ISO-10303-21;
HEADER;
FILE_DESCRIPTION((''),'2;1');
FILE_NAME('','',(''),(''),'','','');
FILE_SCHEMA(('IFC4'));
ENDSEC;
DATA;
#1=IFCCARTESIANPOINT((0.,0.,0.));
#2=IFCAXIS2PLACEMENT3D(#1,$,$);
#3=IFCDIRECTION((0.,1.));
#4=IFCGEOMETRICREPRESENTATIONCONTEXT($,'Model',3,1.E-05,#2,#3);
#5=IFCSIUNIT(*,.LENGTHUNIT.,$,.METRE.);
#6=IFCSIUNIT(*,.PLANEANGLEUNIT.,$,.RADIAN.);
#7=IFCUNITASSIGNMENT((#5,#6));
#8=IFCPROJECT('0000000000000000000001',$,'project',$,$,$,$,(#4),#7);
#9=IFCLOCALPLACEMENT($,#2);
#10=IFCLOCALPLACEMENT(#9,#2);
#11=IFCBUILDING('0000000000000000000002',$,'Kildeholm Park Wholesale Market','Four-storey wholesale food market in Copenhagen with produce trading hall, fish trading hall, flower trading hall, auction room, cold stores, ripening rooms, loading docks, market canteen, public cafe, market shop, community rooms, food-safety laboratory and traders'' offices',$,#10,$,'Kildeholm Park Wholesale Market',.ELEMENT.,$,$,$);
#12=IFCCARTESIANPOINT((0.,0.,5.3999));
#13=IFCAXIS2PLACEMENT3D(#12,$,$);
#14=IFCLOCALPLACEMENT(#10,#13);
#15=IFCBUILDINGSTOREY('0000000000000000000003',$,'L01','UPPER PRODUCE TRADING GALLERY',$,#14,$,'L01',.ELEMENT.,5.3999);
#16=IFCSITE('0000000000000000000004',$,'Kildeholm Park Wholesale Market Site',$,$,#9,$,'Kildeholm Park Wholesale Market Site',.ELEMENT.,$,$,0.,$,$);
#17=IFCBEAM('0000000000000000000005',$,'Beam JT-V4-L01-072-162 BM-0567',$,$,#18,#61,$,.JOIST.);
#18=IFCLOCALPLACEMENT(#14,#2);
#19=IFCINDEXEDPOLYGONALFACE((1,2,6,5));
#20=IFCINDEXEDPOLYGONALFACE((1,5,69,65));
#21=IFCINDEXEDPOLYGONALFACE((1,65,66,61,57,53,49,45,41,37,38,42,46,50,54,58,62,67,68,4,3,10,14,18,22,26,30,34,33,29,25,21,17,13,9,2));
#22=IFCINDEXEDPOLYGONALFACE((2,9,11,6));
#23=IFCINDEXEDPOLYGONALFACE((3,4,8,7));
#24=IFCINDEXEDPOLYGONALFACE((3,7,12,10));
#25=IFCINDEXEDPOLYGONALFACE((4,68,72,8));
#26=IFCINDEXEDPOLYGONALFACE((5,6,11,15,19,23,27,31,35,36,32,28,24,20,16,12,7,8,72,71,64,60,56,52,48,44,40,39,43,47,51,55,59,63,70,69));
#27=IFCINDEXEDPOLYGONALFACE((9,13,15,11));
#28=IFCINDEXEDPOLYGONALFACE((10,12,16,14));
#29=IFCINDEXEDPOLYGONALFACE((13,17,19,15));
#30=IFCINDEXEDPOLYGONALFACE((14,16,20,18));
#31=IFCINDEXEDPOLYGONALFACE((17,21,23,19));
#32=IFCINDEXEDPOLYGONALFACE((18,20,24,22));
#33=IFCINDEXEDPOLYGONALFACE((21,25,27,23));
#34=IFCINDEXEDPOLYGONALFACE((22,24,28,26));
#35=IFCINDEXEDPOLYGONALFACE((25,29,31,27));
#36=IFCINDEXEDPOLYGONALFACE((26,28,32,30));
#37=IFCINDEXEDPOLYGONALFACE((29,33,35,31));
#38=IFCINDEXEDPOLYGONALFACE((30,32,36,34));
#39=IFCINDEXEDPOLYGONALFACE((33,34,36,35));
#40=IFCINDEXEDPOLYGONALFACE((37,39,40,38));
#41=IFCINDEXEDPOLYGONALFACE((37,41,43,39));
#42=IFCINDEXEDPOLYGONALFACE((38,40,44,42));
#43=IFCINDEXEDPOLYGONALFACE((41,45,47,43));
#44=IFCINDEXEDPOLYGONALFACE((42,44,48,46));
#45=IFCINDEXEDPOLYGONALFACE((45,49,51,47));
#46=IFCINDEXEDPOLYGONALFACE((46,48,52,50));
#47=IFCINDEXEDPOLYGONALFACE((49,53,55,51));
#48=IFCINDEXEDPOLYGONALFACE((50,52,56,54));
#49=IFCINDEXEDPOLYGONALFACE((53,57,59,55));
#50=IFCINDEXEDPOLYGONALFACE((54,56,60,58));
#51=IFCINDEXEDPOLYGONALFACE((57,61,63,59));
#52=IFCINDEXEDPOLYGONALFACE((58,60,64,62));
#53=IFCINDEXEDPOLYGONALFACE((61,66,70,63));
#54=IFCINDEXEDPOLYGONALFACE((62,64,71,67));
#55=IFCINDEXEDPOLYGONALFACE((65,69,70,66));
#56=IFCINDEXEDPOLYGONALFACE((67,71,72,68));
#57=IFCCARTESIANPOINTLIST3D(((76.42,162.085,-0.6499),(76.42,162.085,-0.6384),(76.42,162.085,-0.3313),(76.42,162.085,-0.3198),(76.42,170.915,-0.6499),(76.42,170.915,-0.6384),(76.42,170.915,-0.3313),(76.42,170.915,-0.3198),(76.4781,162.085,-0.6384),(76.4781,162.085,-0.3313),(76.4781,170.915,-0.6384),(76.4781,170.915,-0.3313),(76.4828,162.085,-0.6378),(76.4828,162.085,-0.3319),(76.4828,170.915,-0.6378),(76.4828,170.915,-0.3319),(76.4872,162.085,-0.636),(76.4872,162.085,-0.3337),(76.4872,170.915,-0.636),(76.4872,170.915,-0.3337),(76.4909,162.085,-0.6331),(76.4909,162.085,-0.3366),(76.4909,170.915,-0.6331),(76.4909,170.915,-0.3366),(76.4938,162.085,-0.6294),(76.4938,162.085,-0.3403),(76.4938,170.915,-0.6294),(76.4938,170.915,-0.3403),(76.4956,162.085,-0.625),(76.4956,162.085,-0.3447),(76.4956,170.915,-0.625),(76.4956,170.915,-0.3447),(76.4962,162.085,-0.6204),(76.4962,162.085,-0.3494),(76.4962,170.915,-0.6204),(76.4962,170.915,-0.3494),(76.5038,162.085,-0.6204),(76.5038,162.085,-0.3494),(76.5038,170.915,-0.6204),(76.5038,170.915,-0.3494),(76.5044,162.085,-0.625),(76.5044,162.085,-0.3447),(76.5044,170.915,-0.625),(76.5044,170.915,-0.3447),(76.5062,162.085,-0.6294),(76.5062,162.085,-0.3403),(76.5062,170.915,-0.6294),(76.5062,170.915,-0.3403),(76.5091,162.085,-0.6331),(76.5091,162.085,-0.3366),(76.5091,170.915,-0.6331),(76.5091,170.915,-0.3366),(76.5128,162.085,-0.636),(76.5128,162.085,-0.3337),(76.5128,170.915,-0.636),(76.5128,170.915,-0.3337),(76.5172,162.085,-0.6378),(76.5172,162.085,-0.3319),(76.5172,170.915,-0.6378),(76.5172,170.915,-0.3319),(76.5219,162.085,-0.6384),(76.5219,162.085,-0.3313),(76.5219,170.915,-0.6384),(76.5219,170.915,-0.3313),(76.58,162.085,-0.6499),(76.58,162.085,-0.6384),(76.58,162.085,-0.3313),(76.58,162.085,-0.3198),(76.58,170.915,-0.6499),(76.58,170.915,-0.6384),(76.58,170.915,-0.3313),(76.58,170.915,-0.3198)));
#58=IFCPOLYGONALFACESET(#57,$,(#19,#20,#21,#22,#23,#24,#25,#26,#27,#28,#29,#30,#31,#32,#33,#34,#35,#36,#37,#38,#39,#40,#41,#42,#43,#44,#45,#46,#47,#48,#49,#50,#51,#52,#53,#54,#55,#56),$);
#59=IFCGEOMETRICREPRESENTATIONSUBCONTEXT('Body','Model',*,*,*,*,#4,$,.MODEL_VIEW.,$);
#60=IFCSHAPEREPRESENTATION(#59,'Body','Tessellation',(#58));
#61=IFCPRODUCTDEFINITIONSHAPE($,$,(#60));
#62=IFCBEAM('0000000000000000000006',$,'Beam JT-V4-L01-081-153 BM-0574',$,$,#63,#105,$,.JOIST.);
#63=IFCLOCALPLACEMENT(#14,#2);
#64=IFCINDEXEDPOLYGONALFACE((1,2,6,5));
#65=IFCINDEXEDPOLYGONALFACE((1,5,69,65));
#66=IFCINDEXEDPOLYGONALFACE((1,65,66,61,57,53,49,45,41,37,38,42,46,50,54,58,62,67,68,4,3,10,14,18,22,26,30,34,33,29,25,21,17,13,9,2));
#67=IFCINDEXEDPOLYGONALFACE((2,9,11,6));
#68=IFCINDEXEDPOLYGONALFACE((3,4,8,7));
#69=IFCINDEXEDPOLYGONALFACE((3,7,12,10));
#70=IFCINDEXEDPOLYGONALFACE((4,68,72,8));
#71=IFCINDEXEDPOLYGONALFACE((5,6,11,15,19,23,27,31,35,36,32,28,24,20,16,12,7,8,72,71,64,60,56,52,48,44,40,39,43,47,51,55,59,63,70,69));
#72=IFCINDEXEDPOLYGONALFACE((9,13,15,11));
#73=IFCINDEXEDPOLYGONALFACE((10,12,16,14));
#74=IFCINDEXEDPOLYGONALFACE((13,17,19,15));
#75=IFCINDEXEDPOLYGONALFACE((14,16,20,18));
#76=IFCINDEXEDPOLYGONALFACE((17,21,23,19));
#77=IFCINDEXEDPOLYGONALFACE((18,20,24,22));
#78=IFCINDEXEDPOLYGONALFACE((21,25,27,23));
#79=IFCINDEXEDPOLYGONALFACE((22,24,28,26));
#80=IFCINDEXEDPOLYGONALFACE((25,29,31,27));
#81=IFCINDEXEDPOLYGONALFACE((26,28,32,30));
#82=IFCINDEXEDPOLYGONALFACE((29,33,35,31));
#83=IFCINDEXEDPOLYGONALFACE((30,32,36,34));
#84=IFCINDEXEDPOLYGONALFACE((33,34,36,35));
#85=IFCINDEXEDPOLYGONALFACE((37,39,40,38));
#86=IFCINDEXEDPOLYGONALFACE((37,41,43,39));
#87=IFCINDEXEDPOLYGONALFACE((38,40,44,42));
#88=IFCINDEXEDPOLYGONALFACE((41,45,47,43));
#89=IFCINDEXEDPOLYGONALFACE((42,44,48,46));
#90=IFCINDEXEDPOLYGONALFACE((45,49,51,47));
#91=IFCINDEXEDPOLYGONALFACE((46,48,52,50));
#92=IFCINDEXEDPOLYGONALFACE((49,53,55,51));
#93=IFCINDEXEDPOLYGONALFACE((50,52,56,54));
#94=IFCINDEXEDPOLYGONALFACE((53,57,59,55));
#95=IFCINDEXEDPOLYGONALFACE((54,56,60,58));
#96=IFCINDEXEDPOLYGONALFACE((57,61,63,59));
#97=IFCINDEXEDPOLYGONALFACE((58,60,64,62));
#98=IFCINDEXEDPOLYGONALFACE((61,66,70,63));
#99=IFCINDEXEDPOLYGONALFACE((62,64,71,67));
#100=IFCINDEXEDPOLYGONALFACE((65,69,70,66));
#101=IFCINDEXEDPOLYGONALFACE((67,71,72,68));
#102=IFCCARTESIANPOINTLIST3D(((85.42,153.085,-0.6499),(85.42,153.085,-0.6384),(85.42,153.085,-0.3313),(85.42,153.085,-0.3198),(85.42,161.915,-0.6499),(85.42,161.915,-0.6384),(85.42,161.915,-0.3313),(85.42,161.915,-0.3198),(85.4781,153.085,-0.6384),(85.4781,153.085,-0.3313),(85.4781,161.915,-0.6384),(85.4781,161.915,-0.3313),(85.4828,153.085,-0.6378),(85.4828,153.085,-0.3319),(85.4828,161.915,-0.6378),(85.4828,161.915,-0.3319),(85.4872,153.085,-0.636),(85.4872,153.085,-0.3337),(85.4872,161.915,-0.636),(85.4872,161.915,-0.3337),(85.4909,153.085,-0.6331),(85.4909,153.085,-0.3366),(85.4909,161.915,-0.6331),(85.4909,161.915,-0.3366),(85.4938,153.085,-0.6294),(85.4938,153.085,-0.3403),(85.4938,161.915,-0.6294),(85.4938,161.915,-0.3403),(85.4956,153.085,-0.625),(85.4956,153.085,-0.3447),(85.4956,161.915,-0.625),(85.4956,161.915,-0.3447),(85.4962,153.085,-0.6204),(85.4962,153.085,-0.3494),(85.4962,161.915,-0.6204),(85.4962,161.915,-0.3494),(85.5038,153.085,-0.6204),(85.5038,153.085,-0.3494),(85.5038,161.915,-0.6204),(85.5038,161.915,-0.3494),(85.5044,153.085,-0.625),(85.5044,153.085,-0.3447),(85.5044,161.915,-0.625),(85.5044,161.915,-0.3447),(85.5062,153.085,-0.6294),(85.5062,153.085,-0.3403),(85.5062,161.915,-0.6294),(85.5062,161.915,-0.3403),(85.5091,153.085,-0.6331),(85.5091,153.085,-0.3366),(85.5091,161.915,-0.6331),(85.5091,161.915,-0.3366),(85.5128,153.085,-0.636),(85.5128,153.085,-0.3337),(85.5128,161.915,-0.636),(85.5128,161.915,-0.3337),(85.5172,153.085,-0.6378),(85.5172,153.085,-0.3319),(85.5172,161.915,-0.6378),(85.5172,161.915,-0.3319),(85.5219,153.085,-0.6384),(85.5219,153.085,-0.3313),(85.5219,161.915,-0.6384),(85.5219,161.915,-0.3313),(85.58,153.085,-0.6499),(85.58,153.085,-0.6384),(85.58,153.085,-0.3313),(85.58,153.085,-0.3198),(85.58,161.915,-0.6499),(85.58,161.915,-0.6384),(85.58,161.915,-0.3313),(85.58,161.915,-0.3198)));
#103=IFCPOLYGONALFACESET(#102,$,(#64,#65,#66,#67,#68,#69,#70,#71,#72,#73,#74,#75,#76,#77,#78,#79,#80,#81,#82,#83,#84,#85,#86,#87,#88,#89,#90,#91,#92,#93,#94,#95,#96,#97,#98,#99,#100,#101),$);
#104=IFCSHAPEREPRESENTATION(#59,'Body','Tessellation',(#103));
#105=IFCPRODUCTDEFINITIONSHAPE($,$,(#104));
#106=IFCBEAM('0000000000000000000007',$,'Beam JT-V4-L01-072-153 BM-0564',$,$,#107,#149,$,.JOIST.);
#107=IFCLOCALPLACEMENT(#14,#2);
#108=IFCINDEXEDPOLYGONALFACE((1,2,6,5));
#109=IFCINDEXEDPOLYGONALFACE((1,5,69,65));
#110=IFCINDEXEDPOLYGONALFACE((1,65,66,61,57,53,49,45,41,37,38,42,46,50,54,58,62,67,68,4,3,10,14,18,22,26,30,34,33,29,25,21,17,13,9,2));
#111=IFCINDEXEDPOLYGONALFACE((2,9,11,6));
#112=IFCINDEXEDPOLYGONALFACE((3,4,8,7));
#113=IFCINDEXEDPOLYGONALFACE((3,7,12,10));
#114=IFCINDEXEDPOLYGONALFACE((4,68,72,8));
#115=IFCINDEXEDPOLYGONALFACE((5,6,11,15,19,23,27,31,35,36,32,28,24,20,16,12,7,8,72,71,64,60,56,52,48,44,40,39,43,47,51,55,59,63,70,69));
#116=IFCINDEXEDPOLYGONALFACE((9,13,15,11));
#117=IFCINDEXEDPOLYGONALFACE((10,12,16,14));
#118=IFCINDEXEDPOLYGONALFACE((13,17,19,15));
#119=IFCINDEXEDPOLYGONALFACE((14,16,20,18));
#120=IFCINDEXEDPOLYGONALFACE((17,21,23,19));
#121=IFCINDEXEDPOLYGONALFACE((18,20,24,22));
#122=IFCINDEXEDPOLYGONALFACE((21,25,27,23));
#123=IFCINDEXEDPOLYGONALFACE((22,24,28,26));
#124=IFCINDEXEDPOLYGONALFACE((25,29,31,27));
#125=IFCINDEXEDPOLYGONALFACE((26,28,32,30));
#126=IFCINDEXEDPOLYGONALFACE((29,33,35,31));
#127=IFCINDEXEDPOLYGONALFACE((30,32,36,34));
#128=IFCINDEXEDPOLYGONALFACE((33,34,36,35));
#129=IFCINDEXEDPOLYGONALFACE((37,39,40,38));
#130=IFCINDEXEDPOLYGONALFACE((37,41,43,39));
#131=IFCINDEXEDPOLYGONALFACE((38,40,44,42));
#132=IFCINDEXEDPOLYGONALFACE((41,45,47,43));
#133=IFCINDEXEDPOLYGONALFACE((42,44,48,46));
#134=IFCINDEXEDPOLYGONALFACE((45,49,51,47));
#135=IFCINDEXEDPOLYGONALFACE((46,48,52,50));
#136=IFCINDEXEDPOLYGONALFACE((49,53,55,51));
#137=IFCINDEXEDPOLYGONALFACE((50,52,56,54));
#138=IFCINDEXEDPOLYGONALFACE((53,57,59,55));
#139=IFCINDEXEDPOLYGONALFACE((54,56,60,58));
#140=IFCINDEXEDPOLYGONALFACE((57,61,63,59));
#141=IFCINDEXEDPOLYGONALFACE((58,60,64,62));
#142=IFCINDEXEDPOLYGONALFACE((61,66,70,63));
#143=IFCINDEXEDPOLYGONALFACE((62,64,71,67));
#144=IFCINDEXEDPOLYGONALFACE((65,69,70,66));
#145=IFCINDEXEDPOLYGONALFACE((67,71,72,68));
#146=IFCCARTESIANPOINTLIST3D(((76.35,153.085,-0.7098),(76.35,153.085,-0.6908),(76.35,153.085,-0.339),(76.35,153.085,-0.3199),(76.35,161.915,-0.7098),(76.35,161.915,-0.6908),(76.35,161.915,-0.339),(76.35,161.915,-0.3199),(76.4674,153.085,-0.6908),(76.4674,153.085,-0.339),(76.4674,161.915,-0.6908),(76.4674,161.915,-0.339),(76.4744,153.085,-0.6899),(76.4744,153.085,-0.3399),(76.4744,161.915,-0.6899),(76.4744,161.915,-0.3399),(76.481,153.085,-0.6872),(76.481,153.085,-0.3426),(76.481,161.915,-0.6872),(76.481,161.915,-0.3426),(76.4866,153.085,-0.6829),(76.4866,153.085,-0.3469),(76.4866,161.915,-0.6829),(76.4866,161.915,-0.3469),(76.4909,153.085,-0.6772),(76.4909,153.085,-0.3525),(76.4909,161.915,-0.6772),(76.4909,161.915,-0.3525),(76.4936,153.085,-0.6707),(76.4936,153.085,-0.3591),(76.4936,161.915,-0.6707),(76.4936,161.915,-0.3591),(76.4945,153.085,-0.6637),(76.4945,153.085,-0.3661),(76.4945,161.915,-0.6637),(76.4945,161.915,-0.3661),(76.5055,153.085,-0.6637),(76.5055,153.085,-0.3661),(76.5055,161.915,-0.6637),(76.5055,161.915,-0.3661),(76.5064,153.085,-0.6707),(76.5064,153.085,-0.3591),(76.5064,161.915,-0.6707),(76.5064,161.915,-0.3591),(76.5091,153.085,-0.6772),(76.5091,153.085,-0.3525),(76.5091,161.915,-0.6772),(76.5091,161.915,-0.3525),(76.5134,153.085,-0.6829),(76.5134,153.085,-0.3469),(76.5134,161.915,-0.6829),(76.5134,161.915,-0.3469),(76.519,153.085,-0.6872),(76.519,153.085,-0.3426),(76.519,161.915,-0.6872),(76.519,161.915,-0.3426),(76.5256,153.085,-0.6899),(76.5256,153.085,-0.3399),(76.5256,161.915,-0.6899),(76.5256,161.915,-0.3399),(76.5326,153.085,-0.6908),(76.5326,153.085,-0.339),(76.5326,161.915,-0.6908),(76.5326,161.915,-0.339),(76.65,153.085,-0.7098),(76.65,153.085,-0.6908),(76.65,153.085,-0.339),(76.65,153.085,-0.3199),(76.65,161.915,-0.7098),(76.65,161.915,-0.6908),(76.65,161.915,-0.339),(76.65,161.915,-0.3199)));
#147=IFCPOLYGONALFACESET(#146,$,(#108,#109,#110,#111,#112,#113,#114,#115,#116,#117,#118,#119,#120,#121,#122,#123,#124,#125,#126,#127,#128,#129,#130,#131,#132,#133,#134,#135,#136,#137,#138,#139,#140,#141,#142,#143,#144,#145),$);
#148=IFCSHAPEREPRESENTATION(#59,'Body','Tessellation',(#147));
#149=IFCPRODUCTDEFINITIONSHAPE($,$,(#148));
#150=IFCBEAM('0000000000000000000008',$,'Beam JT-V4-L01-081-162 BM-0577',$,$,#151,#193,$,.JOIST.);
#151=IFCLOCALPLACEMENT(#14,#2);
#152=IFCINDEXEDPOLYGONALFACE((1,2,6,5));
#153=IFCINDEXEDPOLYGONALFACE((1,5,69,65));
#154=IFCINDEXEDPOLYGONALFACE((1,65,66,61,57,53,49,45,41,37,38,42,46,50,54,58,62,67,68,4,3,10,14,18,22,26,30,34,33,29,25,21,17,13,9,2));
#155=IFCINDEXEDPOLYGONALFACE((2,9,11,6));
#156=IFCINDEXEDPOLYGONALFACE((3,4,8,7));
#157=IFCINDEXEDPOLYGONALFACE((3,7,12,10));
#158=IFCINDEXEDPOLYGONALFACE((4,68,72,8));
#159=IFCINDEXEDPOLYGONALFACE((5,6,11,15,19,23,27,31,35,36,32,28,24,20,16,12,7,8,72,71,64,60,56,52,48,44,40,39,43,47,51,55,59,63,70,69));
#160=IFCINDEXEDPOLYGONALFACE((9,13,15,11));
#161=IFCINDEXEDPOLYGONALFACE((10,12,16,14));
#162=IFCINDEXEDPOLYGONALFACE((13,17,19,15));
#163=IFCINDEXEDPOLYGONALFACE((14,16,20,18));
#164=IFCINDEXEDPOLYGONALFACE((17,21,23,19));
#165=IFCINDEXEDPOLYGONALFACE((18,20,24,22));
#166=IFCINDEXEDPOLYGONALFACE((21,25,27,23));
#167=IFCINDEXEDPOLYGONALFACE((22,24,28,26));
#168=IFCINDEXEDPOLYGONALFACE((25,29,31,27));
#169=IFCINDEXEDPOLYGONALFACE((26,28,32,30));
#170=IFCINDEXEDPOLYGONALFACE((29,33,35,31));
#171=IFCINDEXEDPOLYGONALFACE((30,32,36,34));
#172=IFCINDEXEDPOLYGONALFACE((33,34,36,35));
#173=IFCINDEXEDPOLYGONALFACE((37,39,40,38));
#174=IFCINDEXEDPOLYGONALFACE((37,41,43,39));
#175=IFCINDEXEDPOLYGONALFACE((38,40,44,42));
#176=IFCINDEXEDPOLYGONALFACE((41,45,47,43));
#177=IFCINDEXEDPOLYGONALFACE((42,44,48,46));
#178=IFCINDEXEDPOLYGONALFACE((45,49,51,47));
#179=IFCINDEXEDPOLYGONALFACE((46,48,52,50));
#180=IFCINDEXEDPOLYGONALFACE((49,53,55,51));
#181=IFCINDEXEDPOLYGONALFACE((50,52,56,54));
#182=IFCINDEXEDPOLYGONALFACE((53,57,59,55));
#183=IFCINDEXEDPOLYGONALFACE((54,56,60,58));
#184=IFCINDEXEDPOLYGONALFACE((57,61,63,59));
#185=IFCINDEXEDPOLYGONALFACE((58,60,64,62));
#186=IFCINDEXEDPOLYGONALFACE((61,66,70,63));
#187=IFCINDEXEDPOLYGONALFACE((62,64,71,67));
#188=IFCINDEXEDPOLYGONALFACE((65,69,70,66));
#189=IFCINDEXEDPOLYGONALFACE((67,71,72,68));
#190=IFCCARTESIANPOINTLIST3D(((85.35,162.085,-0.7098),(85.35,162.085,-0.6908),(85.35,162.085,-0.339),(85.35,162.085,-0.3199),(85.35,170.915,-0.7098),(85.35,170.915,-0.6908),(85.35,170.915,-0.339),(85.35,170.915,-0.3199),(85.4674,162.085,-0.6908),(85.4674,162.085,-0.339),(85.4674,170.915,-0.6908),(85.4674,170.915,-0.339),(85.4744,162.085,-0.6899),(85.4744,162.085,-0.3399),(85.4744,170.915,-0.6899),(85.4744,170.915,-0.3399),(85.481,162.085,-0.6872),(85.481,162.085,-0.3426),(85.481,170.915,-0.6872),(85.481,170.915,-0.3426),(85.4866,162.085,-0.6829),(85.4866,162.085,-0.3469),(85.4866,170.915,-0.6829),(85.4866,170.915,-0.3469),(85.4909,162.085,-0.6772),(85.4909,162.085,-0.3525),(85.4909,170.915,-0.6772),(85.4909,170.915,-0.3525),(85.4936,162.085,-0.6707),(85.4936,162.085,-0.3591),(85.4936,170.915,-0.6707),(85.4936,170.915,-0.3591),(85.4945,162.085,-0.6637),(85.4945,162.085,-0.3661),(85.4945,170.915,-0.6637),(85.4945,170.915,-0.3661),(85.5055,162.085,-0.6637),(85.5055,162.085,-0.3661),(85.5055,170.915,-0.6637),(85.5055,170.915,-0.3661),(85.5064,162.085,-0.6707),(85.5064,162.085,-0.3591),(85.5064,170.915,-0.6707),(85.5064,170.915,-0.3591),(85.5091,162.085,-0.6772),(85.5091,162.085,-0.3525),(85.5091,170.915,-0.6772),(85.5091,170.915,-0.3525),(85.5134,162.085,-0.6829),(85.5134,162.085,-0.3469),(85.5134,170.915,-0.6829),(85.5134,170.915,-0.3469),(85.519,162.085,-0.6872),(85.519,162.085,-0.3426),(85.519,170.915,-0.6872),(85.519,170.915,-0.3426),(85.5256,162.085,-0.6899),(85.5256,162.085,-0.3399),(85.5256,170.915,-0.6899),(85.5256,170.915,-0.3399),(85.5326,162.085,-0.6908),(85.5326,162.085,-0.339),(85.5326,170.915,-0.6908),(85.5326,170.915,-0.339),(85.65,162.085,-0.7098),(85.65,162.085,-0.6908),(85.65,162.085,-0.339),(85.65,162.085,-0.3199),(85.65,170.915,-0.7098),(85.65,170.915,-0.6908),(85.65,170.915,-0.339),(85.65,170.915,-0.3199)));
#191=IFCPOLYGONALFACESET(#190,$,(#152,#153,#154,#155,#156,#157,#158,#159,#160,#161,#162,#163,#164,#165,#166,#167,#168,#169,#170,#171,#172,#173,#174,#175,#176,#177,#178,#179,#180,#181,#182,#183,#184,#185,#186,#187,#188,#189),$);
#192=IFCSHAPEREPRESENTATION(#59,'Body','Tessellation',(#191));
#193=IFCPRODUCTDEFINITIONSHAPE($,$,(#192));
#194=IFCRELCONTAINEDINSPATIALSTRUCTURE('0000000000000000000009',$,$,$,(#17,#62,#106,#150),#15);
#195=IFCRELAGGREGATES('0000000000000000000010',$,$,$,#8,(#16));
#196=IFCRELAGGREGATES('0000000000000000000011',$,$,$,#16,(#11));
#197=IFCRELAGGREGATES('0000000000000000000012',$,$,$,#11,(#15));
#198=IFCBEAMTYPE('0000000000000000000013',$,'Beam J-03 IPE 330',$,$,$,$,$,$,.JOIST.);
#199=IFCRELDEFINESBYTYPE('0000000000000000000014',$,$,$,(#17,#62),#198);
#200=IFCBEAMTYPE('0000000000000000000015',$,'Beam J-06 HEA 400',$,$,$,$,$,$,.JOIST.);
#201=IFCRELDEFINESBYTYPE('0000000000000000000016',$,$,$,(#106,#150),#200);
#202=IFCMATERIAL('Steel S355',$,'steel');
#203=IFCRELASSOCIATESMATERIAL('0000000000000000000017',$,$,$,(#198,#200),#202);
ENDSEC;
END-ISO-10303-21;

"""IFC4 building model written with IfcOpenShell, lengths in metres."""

from ifc_helpers import new_model, si_unit, direction, frame, origin, origin_2d, place, context, subcontext, project, spatial, i_section, extrude, material, material_profile, profile_set, type_object, element, save


model = new_model("IFC4")

# Units and contexts
model_context = context("Model", 3, precision=1e-05, world=origin(), true_north=direction((0.0, 1.0)))
body_context = subcontext(model_context, "Body", "Model", "MODEL_VIEW")
ifc_project = project(units=[si_unit("LENGTHUNIT", "METRE"), si_unit("PLANEANGLEUNIT", "RADIAN")], contexts=[model_context])

# Site, building, storey
site_placement = place(None, origin())
site = spatial("IfcSite", under=ifc_project, at=site_placement, Name="Kildeholm Park Wholesale Market Site", LongName="Kildeholm Park Wholesale Market Site", CompositionType="ELEMENT", RefElevation=0.0)
building_placement = place(site_placement, origin())
building = spatial("IfcBuilding", under=site, at=building_placement, Name="Kildeholm Park Wholesale Market", Description="Four-storey wholesale food market in Copenhagen with produce trading hall, fish trading hall, flower trading hall, auction room, cold stores, ripening rooms, loading docks, market canteen, public cafe, market shop, community rooms, food-safety laboratory and traders' offices", LongName="Kildeholm Park Wholesale Market", CompositionType="ELEMENT")
storey_placement = place(building_placement, frame((0.0, 0.0, 5.3999)))
storey = spatial("IfcBuildingStorey", under=building, at=storey_placement, Name="L01", Description="UPPER PRODUCE TRADING GALLERY", LongName="L01", CompositionType="ELEMENT", Elevation=5.3999)

# Beams
ifc_material_1 = material(Name="Steel S355", Category="steel")
ifc_material_profile_1 = material_profile(ifc_material_1, i_section(OverallWidth=0.1599, OverallDepth=0.3301, WebThickness=0.0076, FlangeThickness=0.0115, FilletRadius=0.0181, at=origin_2d()), Name="IPE 330")
ifc_profile_set_1 = profile_set([ifc_material_profile_1], Name="Steel S355")
beam_type_1 = type_object("IfcBeamType", Name="Beam J-03 IPE 330", PredefinedType="JOIST", material=ifc_profile_set_1)
for number, where, z_axis, x_axis, name in (
    (1, (76.5, 162.085, -0.4849), (0.0, 1.0, 0.0), (-1.0, 0.0, 0.0), "Beam JT-V4-L01-072-162 BM-0567"),
    (2, (85.5, 153.085, -0.4849), (0.0, 1.0, 0.0), (-1.0, 0.0, 0.0), "Beam JT-V4-L01-081-153 BM-0574"),
):
    element("IfcBeam", number, at=place(storey_placement, frame(where, z_axis=z_axis, x_axis=x_axis)), inside=storey, type_object=beam_type_1, Name=name, PredefinedType="JOIST", context=body_context, shape_type="SweptSolid", body=[
        extrude(i_section(OverallWidth=0.1599, OverallDepth=0.3301, WebThickness=0.0076, FlangeThickness=0.0115, FilletRadius=0.0181, at=origin_2d()), origin(), (0.0, 0.0, 1.0), 8.8301),
    ])
ifc_material_profile_2 = material_profile(ifc_material_1, i_section(OverallWidth=0.3, OverallDepth=0.3899, WebThickness=0.011, FlangeThickness=0.019, FilletRadius=0.0271, at=origin_2d()), Name="HEA 400")
ifc_profile_set_2 = profile_set([ifc_material_profile_2], Name="Steel S355")
beam_type_2 = type_object("IfcBeamType", Name="Beam J-06 HEA 400", PredefinedType="JOIST", material=ifc_profile_set_2)
for number, where, z_axis, x_axis, name in (
    (3, (76.5, 153.085, -0.5149), (0.0, 1.0, 0.0), (-1.0, 0.0, 0.0), "Beam JT-V4-L01-072-153 BM-0564"),
    (4, (85.5, 162.085, -0.5149), (0.0, 1.0, 0.0), (-1.0, 0.0, 0.0), "Beam JT-V4-L01-081-162 BM-0577"),
):
    element("IfcBeam", number, at=place(storey_placement, frame(where, z_axis=z_axis, x_axis=x_axis)), inside=storey, type_object=beam_type_2, Name=name, PredefinedType="JOIST", context=body_context, shape_type="SweptSolid", body=[
        extrude(i_section(OverallWidth=0.3, OverallDepth=0.3899, WebThickness=0.011, FlangeThickness=0.019, FilletRadius=0.0271, at=origin_2d()), origin(), (0.0, 0.0, 1.0), 8.8301),
    ])

save(model, "model.ifc")
